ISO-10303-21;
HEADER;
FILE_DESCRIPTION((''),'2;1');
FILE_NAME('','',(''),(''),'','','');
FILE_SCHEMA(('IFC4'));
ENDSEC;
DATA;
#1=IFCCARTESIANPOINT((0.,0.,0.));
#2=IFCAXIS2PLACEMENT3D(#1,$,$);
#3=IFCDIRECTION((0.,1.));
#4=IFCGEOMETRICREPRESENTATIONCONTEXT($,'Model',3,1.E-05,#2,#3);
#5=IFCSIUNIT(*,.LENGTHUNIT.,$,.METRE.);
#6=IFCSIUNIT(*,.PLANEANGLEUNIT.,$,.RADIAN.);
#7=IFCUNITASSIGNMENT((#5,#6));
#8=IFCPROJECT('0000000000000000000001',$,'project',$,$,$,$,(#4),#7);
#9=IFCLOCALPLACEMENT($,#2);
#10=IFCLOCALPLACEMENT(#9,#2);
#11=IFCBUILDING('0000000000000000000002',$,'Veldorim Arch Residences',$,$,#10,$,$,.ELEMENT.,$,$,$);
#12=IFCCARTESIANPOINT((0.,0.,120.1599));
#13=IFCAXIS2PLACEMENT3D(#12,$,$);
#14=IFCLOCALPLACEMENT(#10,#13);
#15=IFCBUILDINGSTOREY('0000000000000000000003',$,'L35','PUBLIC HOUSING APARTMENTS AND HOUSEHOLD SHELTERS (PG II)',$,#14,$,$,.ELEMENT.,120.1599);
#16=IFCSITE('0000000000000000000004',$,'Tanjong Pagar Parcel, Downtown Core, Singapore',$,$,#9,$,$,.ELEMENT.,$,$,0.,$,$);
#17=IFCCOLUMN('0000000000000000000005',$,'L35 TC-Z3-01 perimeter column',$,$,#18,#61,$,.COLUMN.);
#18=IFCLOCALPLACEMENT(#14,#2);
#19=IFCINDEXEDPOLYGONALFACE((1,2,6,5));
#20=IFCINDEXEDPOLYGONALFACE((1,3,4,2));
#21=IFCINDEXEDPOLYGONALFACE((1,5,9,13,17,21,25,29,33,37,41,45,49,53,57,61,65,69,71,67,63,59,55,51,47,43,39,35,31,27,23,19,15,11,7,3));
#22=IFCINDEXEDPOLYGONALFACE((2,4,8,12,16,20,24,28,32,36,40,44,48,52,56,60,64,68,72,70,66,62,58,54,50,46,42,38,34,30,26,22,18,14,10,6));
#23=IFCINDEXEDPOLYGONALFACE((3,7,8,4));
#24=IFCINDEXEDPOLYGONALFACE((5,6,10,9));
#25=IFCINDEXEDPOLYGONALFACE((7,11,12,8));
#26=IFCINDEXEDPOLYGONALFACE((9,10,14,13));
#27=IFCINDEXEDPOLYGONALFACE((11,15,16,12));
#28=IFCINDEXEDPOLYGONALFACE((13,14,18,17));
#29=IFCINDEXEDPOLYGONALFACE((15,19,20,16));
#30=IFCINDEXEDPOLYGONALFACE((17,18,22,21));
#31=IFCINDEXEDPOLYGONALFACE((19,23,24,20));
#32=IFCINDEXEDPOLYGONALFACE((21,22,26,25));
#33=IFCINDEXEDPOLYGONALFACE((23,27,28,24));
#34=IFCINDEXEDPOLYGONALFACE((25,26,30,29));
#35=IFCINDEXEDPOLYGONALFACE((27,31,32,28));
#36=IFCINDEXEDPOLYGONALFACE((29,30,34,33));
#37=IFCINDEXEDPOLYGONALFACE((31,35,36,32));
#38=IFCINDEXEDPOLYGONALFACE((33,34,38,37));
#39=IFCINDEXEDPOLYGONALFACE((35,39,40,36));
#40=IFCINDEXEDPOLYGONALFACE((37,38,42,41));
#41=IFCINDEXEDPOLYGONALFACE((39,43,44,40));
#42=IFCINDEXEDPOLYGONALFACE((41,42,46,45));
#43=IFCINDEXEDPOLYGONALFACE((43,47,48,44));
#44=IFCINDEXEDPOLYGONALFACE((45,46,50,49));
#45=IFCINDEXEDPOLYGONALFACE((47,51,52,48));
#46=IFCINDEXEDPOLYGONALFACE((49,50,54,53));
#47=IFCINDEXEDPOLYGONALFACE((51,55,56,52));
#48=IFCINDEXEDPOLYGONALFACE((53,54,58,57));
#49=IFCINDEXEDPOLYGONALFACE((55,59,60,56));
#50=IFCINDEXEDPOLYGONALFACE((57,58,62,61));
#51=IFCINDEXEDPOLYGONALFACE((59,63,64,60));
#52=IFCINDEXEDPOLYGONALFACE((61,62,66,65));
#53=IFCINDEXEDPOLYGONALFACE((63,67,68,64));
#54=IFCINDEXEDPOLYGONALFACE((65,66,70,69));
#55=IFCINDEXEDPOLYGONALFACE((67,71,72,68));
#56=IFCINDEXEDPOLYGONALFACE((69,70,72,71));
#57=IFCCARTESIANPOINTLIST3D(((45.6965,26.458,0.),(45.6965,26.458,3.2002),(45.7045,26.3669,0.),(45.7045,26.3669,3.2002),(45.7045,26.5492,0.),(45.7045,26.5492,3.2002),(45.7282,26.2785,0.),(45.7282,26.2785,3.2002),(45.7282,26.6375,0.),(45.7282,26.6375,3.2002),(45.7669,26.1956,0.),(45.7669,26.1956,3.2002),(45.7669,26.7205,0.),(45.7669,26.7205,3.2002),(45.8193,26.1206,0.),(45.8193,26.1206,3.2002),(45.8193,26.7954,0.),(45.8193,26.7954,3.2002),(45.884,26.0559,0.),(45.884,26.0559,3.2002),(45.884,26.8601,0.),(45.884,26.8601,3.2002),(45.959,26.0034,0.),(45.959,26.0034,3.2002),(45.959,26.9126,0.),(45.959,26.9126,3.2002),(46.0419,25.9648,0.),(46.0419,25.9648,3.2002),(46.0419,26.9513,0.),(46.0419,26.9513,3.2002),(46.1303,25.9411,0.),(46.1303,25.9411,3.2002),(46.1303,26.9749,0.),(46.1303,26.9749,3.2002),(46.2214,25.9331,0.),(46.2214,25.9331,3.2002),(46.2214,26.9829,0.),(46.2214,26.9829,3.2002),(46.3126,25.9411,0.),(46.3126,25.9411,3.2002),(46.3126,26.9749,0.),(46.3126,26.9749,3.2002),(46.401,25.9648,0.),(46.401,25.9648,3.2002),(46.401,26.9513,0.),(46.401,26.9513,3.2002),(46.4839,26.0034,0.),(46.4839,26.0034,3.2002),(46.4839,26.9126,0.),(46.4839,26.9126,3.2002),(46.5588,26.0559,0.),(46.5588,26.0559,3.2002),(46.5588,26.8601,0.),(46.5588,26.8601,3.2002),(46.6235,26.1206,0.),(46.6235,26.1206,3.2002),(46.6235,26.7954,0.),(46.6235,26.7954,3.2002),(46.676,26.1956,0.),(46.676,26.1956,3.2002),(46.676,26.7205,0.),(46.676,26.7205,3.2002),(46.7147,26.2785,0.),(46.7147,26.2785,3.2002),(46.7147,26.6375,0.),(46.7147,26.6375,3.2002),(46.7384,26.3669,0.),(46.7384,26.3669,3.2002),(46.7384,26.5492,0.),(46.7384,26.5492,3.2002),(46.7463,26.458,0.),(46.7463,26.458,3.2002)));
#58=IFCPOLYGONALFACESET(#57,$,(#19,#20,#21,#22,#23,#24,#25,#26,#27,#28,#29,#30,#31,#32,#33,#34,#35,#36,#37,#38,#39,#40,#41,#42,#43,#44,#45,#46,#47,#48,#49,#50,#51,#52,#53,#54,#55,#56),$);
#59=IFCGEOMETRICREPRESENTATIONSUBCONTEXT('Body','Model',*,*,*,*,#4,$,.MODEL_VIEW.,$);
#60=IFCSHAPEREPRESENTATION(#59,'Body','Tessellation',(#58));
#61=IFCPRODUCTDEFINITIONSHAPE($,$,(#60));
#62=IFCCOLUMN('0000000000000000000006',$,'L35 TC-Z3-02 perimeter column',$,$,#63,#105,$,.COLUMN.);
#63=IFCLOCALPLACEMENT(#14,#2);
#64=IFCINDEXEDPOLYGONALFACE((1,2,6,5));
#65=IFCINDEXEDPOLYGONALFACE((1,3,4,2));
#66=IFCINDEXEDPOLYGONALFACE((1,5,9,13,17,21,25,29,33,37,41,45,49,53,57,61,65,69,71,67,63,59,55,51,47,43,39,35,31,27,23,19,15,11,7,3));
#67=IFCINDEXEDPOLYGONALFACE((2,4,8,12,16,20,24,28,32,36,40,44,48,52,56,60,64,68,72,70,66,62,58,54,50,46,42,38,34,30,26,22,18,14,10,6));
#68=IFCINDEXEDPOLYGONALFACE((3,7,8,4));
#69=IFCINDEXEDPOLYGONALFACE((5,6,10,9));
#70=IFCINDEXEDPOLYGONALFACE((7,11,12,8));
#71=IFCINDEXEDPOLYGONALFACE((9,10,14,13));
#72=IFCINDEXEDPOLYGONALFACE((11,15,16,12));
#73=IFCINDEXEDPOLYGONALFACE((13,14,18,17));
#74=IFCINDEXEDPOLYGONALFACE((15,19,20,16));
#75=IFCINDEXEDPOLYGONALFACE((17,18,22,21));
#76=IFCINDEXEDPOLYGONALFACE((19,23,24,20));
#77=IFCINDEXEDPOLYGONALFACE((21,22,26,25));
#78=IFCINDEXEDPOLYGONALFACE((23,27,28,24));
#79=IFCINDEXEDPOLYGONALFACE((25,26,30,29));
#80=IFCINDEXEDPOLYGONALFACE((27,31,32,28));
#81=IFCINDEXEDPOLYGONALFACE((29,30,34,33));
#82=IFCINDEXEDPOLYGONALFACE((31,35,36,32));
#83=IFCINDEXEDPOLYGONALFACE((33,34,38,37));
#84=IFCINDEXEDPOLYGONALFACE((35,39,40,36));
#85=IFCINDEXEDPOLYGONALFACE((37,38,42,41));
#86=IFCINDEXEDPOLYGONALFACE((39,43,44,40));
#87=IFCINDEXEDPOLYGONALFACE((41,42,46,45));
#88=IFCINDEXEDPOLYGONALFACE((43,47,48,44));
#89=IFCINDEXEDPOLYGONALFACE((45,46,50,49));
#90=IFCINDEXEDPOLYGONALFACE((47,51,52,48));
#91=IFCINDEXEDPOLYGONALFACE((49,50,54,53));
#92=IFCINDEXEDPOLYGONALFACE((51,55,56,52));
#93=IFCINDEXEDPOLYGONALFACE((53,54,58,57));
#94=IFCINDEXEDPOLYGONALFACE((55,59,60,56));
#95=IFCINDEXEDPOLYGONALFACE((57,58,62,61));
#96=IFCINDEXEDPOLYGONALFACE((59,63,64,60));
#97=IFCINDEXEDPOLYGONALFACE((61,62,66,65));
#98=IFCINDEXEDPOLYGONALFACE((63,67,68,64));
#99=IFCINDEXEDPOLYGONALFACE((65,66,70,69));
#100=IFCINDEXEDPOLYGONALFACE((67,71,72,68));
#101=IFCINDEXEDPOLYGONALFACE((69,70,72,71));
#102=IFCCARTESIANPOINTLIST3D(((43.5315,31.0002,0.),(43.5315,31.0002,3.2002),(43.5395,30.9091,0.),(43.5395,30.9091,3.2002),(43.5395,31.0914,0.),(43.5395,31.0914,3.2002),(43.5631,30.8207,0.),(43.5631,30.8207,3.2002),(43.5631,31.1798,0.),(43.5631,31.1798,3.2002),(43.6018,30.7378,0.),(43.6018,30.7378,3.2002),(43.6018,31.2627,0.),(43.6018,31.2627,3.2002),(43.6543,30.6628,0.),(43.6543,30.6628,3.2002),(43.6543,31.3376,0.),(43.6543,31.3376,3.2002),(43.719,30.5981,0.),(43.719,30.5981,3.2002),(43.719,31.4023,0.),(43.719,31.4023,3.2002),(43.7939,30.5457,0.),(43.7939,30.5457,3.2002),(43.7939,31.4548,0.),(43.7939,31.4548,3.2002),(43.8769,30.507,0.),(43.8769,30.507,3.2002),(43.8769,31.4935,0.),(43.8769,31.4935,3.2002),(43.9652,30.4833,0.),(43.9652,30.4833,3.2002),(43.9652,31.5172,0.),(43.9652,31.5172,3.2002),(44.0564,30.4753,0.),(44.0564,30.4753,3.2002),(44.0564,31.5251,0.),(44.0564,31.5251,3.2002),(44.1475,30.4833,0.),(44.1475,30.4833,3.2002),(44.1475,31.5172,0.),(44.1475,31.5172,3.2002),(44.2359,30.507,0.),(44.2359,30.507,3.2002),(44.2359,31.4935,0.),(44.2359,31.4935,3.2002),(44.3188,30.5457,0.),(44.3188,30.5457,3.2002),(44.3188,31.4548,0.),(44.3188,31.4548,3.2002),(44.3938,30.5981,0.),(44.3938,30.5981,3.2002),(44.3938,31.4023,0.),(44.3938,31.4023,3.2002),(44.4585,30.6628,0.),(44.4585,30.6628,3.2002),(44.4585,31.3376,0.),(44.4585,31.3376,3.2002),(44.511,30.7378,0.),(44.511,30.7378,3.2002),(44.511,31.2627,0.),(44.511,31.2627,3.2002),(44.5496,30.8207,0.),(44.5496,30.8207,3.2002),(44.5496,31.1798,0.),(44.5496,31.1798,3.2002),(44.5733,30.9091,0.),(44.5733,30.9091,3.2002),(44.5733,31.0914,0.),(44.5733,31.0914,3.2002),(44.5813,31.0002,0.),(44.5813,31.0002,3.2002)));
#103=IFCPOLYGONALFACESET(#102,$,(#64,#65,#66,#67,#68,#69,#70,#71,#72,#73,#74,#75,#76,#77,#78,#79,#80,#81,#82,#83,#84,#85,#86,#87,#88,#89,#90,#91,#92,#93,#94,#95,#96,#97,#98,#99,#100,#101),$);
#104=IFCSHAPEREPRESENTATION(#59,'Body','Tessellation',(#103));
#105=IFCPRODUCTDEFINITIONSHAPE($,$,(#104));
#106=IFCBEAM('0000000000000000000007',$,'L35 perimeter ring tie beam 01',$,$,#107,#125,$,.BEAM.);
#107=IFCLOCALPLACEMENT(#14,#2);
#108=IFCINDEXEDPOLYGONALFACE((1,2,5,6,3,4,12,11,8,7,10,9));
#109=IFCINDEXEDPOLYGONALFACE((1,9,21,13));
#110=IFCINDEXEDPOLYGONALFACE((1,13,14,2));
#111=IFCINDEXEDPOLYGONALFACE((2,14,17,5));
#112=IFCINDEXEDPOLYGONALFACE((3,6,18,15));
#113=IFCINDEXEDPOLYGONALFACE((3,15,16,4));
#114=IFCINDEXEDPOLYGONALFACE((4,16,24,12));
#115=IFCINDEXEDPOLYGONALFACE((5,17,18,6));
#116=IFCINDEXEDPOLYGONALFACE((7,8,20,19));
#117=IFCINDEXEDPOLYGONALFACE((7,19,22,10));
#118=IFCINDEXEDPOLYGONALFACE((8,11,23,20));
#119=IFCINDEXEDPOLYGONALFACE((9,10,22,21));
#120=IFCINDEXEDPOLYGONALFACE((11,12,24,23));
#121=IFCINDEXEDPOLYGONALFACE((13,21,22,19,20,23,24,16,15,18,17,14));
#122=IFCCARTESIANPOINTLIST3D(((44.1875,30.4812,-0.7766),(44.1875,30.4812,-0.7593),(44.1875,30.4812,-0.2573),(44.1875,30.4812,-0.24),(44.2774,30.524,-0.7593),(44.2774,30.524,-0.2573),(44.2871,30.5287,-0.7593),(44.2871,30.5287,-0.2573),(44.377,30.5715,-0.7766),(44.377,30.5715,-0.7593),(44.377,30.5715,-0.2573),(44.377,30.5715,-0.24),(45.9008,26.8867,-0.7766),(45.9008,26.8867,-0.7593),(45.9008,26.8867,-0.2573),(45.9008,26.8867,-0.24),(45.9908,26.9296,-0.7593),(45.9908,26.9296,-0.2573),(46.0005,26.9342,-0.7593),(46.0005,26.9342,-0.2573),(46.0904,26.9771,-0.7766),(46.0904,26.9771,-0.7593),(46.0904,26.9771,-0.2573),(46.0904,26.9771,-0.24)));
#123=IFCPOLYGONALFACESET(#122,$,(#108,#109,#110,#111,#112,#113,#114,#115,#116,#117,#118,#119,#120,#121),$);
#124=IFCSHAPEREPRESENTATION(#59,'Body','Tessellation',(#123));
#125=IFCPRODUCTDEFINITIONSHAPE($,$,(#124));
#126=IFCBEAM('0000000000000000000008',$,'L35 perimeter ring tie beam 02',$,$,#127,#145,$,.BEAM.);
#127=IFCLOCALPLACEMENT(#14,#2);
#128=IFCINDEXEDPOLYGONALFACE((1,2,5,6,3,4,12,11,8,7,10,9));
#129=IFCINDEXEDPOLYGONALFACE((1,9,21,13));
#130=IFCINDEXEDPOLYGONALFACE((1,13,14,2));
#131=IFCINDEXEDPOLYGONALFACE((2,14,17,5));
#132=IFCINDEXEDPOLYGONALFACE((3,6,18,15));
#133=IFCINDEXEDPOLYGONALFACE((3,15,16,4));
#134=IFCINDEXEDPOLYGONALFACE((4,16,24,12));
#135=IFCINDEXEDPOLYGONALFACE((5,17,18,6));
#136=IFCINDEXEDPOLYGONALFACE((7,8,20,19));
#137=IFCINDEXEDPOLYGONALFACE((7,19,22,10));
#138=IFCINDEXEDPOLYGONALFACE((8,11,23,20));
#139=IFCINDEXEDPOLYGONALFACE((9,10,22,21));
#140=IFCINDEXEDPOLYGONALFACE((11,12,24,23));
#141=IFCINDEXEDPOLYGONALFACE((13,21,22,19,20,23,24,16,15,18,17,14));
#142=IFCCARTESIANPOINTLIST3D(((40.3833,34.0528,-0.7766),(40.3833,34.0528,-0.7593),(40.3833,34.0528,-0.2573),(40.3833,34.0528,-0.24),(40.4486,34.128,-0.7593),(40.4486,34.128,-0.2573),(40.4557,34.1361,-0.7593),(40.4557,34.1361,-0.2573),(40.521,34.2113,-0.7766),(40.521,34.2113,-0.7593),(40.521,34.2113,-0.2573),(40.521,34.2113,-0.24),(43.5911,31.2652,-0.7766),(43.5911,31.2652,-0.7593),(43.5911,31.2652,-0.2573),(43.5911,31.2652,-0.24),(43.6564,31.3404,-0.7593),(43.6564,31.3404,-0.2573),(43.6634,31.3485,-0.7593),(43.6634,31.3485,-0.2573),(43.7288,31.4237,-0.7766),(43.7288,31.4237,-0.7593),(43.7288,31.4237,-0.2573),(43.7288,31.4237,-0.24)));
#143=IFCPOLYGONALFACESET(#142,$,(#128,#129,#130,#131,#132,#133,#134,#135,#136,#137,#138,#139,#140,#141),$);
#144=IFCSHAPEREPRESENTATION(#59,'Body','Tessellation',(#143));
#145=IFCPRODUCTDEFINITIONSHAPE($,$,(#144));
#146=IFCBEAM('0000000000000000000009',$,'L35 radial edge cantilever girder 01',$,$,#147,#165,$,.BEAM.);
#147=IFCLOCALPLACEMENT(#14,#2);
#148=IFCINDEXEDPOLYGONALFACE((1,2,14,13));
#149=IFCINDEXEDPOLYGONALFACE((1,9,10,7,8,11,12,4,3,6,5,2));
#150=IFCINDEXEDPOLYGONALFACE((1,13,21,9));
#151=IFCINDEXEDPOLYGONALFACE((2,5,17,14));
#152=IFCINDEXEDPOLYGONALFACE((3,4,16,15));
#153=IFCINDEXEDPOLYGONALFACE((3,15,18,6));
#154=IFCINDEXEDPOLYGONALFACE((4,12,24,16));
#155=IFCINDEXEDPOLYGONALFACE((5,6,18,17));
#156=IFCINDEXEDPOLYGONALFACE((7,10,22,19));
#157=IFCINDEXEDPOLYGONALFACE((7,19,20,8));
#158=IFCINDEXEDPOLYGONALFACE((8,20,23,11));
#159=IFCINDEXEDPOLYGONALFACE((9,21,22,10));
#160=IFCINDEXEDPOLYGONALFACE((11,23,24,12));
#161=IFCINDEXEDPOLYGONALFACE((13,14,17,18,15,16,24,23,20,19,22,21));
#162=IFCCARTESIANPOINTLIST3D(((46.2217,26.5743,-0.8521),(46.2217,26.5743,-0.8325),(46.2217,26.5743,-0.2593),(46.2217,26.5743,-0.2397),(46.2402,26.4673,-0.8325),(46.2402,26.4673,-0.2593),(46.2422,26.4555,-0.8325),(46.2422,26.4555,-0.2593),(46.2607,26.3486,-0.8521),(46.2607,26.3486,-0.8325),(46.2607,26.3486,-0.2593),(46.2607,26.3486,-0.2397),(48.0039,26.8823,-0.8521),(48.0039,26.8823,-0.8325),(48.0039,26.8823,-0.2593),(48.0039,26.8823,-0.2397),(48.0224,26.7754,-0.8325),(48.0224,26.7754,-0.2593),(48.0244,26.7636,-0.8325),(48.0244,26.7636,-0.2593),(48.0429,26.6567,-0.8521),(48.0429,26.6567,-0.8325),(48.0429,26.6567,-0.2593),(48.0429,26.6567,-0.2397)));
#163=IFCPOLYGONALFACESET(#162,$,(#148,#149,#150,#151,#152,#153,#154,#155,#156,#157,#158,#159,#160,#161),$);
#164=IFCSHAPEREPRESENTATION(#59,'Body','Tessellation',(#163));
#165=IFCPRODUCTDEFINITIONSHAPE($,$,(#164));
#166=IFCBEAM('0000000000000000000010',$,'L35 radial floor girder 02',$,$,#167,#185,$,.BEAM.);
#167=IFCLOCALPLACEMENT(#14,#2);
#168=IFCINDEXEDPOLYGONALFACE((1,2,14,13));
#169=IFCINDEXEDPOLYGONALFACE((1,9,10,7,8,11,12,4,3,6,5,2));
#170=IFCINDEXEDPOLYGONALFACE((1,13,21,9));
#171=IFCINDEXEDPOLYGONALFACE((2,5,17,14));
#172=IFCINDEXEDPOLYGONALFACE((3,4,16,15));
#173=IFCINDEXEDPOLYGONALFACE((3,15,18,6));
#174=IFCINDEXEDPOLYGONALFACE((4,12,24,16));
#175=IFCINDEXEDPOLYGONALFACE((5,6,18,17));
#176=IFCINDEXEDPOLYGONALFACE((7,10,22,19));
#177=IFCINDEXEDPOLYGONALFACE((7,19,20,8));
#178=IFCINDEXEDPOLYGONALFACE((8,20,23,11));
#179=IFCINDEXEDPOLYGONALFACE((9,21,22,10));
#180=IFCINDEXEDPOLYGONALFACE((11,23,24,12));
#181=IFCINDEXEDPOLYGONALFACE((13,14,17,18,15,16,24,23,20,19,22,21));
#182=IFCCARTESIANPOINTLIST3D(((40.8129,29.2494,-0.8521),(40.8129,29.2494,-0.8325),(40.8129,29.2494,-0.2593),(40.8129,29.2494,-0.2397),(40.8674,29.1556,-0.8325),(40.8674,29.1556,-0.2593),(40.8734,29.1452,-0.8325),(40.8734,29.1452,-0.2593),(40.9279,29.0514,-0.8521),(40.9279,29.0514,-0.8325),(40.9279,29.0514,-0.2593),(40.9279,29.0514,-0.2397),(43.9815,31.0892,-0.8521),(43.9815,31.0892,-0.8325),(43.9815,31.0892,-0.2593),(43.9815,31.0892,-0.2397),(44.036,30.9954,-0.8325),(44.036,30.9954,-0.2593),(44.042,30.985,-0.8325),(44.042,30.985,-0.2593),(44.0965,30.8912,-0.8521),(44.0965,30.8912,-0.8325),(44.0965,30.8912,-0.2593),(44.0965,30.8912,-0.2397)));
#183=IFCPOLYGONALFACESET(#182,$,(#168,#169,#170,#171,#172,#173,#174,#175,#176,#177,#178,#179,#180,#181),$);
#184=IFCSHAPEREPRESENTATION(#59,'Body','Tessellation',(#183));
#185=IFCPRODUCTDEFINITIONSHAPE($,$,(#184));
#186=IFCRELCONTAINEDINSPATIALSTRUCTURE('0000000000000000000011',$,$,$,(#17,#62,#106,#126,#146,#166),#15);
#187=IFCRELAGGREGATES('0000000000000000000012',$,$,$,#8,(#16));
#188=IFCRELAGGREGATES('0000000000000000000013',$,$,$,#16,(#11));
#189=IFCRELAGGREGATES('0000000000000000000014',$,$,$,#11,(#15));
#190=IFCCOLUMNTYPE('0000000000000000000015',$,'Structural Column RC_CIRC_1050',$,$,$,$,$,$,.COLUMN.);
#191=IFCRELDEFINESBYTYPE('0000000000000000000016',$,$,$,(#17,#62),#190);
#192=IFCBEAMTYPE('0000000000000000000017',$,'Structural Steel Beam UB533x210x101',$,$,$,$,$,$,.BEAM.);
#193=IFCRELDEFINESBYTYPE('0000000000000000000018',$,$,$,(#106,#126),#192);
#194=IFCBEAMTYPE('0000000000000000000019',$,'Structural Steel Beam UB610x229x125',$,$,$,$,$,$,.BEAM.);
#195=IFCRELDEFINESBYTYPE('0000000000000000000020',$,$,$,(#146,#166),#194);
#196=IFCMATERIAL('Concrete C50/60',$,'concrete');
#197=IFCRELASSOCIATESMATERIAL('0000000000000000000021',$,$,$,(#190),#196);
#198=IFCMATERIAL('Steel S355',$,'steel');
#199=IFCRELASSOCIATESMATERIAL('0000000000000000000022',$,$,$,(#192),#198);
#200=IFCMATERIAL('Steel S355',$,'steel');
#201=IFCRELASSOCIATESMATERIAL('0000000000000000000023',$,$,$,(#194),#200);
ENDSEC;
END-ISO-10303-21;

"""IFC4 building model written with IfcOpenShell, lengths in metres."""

from ifc_helpers import new_model, si_unit, direction, frame, origin, origin_2d, place, context, subcontext, project, spatial, circle, i_section, extrude, material, material_profile, profile_set, type_object, element, save


model = new_model("IFC4")

# Units and contexts
model_context = context("Model", 3, precision=1e-05, world=origin(), true_north=direction((0.0, 1.0)))
body_context = subcontext(model_context, "Body", "Model", "MODEL_VIEW")
ifc_project = project(units=[si_unit("LENGTHUNIT", "METRE"), si_unit("PLANEANGLEUNIT", "RADIAN")], contexts=[model_context])

# Site, building, storey
site_placement = place(None, origin())
site = spatial("IfcSite", under=ifc_project, at=site_placement, Name="Tanjong Pagar Parcel, Downtown Core, Singapore", CompositionType="ELEMENT", RefElevation=0.0)
building_placement = place(site_placement, origin())
building = spatial("IfcBuilding", under=site, at=building_placement, Name="Veldorim Arch Residences", CompositionType="ELEMENT")
storey_placement = place(building_placement, frame((0.0, 0.0, 120.1599)))
storey = spatial("IfcBuildingStorey", under=building, at=storey_placement, Name="L35", Description="PUBLIC HOUSING APARTMENTS AND HOUSEHOLD SHELTERS (PG II)", CompositionType="ELEMENT", Elevation=120.1599)

# Columns
ifc_material_1 = material(Name="Concrete C50/60", Category="concrete")
ifc_material_profile_1 = material_profile(ifc_material_1, circle(Radius=0.5249, at=origin_2d()), Name="RC_CIRC_1050")
ifc_profile_set_1 = profile_set([ifc_material_profile_1], Name="Concrete C50/60")
column_type = type_object("IfcColumnType", Name="Structural Column RC_CIRC_1050", PredefinedType="COLUMN", material=ifc_profile_set_1)
for number, where, z_axis, x_axis, name in (
    (1, (46.2214, 26.458, 0.0), (0.0, 0.0, 1.0), (1.0, 0.0, 0.0), "L35 TC-Z3-01 perimeter column"),
    (2, (44.0564, 31.0002, 0.0), (0.0, 0.0, 1.0), (1.0, 0.0, 0.0), "L35 TC-Z3-02 perimeter column"),
):
    element("IfcColumn", number, at=place(storey_placement, frame(where, z_axis=z_axis, x_axis=x_axis)), inside=storey, type_object=column_type, Name=name, PredefinedType="COLUMN", context=body_context, shape_type="SweptSolid", body=[
        extrude(circle(Radius=0.5249, at=origin_2d()), origin(), (0.0, 0.0, 1.0), 3.2002),
    ])

# Beams
ifc_material_2 = material(Name="Steel S355", Category="steel")
ifc_material_profile_2 = material_profile(ifc_material_2, i_section(OverallWidth=0.21, OverallDepth=0.5366, WebThickness=0.0107, FlangeThickness=0.0173, at=origin_2d()), Name="UB533x210x101")
ifc_profile_set_2 = profile_set([ifc_material_profile_2], Name="Steel S355")
beam_type_1 = type_object("IfcBeamType", Name="Structural Steel Beam UB533x210x101", PredefinedType="BEAM", material=ifc_profile_set_2)
beam_1_placement = place(storey_placement, frame((45.9956, 26.9319, -0.5083), z_axis=(-0.430286, 0.902693, 0.0), x_axis=(-0.902693, -0.430286, 0.0)))
element("IfcBeam", 3, at=beam_1_placement, inside=storey, type_object=beam_type_1, Name="L35 perimeter ring tie beam 01", PredefinedType="BEAM", context=body_context, shape_type="SweptSolid", body=[
    extrude(i_section(OverallWidth=0.21, OverallDepth=0.5366, WebThickness=0.0107, FlangeThickness=0.0173, at=origin_2d()), origin(), (0.0, 0.0, 1.0), 3.9819),
])
beam_2_placement = place(storey_placement, frame((43.6599, 31.3445, -0.5083), z_axis=(-0.754811, 0.655943, 0.0), x_axis=(-0.655943, -0.754811, 0.0)))
element("IfcBeam", 4, at=beam_2_placement, inside=storey, type_object=beam_type_1, Name="L35 perimeter ring tie beam 02", PredefinedType="BEAM", context=body_context, shape_type="SweptSolid", body=[
    extrude(i_section(OverallWidth=0.21, OverallDepth=0.5366, WebThickness=0.0107, FlangeThickness=0.0173, at=origin_2d()), origin(), (0.0, 0.0, 1.0), 4.2498),
])
ifc_material_3 = material(Name="Steel S355", Category="steel")
ifc_material_profile_3 = material_profile(ifc_material_3, i_section(OverallWidth=0.229, OverallDepth=0.6123, WebThickness=0.012, FlangeThickness=0.0195, at=origin_2d()), Name="UB610x229x125")
ifc_profile_set_3 = profile_set([ifc_material_profile_3], Name="Steel S355")
beam_type_2 = type_object("IfcBeamType", Name="Structural Steel Beam UB610x229x125", PredefinedType="BEAM", material=ifc_profile_set_3)
beam_3_placement = place(storey_placement, frame((46.2412, 26.4614, -0.5459), z_axis=(0.985384, 0.17035, 0.0), x_axis=(-0.17035, 0.985384, 0.0)))
element("IfcBeam", 5, at=beam_3_placement, inside=storey, type_object=beam_type_2, Name="L35 radial edge cantilever girder 01", PredefinedType="BEAM", context=body_context, shape_type="SweptSolid", body=[
    extrude(i_section(OverallWidth=0.229, OverallDepth=0.6123, WebThickness=0.012, FlangeThickness=0.0195, at=origin_2d()), origin(), (0.0, 0.0, 1.0), 1.8086),
])
beam_4_placement = place(storey_placement, frame((40.8704, 29.1504, -0.5459), z_axis=(0.864795, 0.502126, 0.0), x_axis=(-0.502126, 0.864795, 0.0)))
element("IfcBeam", 6, at=beam_4_placement, inside=storey, type_object=beam_type_2, Name="L35 radial floor girder 02", PredefinedType="BEAM", context=body_context, shape_type="SweptSolid", body=[
    extrude(i_section(OverallWidth=0.229, OverallDepth=0.6123, WebThickness=0.012, FlangeThickness=0.0195, at=origin_2d()), origin(), (0.0, 0.0, 1.0), 3.6641),
])

save(model, "model.ifc")
